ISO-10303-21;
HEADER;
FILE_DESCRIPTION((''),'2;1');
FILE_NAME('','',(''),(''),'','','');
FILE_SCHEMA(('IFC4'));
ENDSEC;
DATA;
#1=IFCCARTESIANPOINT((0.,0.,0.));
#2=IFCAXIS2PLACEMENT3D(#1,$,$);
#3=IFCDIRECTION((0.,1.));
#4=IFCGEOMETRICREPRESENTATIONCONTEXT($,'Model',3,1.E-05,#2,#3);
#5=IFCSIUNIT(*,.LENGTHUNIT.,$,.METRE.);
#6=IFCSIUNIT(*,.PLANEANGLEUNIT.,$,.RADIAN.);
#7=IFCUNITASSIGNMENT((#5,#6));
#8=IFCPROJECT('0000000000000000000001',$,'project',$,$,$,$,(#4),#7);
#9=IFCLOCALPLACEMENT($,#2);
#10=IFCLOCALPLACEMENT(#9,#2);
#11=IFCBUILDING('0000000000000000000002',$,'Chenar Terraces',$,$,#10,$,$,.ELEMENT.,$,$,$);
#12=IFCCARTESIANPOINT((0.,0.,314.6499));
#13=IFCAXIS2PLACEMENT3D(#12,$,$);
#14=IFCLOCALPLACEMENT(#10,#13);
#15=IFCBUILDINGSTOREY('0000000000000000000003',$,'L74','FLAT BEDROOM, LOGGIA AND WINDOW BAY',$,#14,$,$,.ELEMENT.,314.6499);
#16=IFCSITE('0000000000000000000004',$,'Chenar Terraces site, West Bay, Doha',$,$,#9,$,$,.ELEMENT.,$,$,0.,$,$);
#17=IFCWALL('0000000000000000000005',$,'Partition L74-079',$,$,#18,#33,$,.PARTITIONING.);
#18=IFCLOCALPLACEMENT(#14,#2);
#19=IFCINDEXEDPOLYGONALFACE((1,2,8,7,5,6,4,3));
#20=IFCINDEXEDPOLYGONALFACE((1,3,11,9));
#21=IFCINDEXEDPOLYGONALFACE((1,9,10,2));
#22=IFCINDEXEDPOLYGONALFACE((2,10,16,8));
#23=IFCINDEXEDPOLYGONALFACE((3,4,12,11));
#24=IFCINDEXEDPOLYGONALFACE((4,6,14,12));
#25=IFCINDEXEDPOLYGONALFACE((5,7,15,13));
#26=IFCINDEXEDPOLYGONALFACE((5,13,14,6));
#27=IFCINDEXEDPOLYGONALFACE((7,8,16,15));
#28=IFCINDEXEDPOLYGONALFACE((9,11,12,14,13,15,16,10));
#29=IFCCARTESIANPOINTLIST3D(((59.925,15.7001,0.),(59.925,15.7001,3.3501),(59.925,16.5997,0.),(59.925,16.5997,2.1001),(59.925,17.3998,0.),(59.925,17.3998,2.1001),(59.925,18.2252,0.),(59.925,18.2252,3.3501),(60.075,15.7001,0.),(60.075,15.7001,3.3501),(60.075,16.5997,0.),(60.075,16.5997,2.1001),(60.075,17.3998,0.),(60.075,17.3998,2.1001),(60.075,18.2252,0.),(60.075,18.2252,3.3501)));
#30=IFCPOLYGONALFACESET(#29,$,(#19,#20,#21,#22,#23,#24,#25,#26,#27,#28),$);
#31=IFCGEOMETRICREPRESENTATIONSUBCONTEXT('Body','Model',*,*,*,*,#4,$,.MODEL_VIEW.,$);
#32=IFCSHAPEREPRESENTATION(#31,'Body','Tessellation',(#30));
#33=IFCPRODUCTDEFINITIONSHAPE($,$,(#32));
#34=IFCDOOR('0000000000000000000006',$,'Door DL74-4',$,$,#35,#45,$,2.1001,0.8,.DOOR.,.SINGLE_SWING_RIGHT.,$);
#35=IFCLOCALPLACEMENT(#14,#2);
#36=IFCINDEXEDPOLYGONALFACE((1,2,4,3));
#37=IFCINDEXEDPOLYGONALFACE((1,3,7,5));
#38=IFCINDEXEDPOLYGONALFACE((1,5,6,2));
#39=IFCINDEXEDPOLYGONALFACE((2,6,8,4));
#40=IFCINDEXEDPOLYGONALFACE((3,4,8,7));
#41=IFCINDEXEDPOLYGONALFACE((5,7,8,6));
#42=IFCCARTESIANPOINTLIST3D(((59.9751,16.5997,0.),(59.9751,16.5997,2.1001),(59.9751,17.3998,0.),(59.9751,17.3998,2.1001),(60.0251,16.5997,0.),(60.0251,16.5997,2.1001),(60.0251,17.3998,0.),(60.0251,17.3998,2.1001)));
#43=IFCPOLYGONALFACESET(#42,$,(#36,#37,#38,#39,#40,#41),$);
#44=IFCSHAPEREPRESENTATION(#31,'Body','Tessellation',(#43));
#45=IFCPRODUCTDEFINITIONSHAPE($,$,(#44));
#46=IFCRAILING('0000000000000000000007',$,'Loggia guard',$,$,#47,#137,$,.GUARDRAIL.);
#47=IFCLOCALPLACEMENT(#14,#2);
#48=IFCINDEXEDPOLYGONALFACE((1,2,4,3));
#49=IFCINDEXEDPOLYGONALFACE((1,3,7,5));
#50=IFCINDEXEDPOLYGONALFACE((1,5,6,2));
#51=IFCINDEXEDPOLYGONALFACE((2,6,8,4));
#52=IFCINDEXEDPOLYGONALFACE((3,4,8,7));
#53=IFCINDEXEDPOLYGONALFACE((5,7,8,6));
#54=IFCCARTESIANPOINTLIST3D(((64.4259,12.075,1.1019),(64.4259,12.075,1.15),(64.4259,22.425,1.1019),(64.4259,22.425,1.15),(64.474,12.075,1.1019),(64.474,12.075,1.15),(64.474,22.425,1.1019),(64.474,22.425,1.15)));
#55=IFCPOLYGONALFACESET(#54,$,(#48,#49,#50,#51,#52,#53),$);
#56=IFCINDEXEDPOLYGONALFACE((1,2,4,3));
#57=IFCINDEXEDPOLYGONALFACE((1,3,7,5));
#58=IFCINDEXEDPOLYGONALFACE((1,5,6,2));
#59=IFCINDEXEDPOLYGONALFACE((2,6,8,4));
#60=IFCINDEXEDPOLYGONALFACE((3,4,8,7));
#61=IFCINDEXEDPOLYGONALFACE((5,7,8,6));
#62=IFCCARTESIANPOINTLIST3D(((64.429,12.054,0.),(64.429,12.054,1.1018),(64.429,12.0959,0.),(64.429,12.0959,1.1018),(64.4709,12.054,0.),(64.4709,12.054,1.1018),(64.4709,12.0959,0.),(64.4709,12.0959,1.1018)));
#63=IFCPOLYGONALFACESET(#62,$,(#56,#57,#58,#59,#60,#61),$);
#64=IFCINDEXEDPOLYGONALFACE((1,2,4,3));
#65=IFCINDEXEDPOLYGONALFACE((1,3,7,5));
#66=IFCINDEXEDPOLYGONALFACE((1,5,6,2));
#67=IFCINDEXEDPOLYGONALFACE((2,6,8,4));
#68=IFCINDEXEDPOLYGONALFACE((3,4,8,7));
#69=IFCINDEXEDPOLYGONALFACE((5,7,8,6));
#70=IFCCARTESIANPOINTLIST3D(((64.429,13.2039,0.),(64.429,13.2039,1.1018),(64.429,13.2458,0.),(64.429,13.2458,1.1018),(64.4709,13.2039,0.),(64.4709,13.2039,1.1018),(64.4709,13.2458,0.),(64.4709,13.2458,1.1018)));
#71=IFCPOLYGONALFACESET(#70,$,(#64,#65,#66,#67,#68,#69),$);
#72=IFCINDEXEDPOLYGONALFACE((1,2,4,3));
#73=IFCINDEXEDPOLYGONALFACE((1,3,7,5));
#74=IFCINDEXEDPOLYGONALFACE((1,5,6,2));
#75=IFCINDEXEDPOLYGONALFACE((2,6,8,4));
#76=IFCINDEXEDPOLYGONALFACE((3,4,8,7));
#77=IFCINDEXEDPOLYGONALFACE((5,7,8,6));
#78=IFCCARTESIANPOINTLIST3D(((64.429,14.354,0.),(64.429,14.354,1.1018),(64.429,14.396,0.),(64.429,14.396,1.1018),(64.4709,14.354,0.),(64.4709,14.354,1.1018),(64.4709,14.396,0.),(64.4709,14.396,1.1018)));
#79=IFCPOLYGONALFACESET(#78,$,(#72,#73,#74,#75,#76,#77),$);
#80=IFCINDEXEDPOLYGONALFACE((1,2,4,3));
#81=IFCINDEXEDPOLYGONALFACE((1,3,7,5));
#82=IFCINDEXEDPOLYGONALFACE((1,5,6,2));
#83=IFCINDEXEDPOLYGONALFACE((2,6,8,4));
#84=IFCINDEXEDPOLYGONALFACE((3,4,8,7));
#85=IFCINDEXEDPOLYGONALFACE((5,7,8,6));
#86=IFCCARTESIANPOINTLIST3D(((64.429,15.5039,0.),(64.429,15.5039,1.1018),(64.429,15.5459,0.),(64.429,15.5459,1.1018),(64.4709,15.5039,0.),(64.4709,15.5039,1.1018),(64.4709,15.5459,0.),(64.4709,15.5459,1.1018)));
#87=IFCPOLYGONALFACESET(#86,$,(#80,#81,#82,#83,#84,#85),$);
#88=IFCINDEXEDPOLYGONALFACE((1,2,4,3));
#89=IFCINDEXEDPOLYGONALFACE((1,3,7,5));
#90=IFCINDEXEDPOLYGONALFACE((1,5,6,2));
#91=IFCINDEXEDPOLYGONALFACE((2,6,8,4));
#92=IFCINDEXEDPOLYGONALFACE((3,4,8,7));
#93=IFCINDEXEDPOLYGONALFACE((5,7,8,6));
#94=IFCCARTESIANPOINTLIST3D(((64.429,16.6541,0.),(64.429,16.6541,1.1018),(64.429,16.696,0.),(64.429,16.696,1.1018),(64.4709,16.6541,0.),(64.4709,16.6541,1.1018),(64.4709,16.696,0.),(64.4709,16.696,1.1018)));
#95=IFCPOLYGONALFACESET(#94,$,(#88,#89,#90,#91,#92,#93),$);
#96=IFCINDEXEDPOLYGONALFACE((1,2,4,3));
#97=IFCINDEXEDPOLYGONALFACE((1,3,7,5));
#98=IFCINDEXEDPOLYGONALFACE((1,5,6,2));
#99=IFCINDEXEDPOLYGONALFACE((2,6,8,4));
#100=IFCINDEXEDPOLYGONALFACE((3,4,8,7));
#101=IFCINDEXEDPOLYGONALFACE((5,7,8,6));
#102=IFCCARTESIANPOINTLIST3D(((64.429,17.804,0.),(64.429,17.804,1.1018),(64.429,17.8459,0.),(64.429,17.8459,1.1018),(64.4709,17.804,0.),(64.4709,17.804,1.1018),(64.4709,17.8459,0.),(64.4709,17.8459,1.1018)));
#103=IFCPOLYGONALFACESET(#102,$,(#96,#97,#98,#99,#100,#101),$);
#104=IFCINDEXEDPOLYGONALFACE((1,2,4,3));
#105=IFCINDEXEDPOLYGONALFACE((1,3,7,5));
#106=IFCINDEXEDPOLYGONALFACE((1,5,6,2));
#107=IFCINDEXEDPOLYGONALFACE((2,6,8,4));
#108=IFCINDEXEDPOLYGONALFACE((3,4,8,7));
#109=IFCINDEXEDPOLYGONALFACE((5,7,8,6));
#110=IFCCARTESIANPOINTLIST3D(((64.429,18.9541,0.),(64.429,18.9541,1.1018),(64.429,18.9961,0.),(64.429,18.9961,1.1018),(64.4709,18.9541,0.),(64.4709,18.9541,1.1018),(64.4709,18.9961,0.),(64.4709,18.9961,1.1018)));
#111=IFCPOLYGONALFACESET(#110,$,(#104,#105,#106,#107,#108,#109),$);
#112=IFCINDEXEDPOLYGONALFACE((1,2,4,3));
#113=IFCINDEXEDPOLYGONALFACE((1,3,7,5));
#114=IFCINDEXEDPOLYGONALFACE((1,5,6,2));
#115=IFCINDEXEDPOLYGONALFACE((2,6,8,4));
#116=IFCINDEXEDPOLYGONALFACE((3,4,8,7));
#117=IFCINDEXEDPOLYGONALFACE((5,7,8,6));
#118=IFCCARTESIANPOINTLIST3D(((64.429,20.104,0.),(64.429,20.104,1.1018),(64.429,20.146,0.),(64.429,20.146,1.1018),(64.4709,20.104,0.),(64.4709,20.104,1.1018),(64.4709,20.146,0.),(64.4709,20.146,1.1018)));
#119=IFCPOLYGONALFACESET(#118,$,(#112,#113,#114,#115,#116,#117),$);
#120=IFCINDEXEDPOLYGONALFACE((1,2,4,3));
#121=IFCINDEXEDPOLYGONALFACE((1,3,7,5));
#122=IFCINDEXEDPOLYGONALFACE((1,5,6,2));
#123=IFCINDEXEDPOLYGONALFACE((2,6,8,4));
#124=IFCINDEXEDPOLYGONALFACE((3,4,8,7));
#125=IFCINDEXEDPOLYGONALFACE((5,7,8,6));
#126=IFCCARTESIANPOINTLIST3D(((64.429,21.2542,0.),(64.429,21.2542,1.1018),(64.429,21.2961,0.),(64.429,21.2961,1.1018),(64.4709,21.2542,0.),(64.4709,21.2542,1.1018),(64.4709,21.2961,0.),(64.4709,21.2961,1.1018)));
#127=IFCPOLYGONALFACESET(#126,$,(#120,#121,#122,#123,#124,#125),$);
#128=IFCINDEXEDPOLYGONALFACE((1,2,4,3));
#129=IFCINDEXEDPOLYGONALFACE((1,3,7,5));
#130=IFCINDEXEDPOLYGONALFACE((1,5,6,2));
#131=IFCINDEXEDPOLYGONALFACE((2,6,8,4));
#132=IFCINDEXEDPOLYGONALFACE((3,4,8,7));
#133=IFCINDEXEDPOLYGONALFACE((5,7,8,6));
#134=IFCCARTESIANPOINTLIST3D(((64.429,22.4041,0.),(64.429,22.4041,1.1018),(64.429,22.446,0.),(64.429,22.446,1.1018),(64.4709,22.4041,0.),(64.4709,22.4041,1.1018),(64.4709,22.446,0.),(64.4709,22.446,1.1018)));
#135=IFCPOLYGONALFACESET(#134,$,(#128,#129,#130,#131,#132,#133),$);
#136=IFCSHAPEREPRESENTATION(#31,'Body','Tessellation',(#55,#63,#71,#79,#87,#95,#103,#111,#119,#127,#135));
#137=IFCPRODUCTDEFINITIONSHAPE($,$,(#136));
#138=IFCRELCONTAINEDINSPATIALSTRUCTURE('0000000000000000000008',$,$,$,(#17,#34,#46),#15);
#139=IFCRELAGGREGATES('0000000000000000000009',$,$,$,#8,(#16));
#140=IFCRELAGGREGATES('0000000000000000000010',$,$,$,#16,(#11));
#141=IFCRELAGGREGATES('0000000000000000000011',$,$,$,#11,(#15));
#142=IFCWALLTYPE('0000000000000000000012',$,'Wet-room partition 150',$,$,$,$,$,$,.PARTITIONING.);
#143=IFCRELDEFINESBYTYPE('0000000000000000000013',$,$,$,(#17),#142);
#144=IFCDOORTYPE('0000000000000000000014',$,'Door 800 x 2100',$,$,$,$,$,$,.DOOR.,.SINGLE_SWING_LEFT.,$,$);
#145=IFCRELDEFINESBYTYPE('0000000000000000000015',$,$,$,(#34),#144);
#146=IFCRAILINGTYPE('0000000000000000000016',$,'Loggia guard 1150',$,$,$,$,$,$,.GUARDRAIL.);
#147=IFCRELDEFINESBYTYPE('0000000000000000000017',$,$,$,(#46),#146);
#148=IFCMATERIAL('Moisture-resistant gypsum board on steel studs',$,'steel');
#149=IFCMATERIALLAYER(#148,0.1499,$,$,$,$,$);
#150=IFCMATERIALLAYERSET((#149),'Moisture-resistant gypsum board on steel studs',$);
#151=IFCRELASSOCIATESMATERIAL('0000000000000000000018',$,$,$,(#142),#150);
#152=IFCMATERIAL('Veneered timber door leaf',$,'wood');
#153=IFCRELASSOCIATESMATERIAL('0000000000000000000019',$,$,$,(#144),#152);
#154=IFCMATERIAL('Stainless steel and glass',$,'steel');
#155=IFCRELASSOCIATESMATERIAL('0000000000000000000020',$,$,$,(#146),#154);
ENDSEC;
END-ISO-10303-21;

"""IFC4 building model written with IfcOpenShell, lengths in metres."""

from ifc_helpers import new_model, si_unit, direction, frame, frame_2d, origin, origin_2d, place, context, subcontext, project, spatial, rectangle, extrude, material, layer, layer_set, type_object, element, fill, save


model = new_model("IFC4")

# Units and contexts
model_context = context("Model", 3, precision=1e-05, world=origin(), true_north=direction((0.0, 1.0)))
body_context = subcontext(model_context, "Body", "Model", "MODEL_VIEW")
ifc_project = project(units=[si_unit("LENGTHUNIT", "METRE"), si_unit("PLANEANGLEUNIT", "RADIAN")], contexts=[model_context])

# Site, building, storey
site_placement = place(None, origin())
site = spatial("IfcSite", under=ifc_project, at=site_placement, Name="Chenar Terraces site, West Bay, Doha", CompositionType="ELEMENT", RefElevation=0.0)
building_placement = place(site_placement, origin())
building = spatial("IfcBuilding", under=site, at=building_placement, Name="Chenar Terraces", CompositionType="ELEMENT")
storey_placement = place(building_placement, frame((0.0, 0.0, 314.6499)))
storey = spatial("IfcBuildingStorey", under=building, at=storey_placement, Name="L74", Description="FLAT BEDROOM, LOGGIA AND WINDOW BAY", CompositionType="ELEMENT", Elevation=314.6499)

# Shared definitions
ifc_material_1 = material(Name="Moisture-resistant gypsum board on steel studs", Category="steel")
ifc_layer_1 = layer(ifc_material_1, 0.1499)
ifc_layer_set_1 = layer_set([ifc_layer_1], Name="Moisture-resistant gypsum board on steel studs")
wall_type_1 = type_object("IfcWallType", Name="Wet-room partition 150", PredefinedType="PARTITIONING", material=ifc_layer_set_1)

# Wall, opening, door
ifc_material_2 = material(Name="Veneered timber door leaf", Category="wood")
door_type_1 = type_object("IfcDoorType", Name="Door 800 x 2100", OperationType="SINGLE_SWING_LEFT", PredefinedType="DOOR", material=ifc_material_2)
wall_1_placement = place(storey_placement, frame((60.0, 15.7, 0.0), z_axis=(0.0, 0.0, 1.0), x_axis=(0.0, 1.0, 0.0)))
wall_1 = element("IfcWall", 1, at=wall_1_placement, inside=storey, type_object=wall_type_1, Name="Partition L74-079", PredefinedType="PARTITIONING", context=body_context, shape_type="SweptSolid", body=[
    extrude(rectangle(XDim=2.5251, YDim=0.1499, at=frame_2d((1.2627, 0.0))), origin(), (0.0, 0.0, 1.0), 3.3501),
])
opening_1_placement = place(wall_1_placement, frame((0.8999, 0.0, 0.0)))
opening_1 = element("IfcOpeningElement", 2, at=opening_1_placement, cuts=wall_1, PredefinedType="OPENING", context=body_context, shape_type="SweptSolid", body=[
    extrude(rectangle(XDim=0.8, YDim=2.1001, at=frame_2d((0.3999, 1.05))), frame((0.0, 0.085, 0.0), z_axis=(0.0, -1.0, 0.0), x_axis=(1.0, 0.0, 0.0)), (0.0, 0.0, 1.0), 0.1699),
])
door_1_placement = place(opening_1_placement, origin())
door_1 = element("IfcDoor", 3, at=door_1_placement, inside=storey, type_object=door_type_1, Name="Door DL74-4", OperationType="SINGLE_SWING_RIGHT", OverallHeight=2.1001, OverallWidth=0.8, PredefinedType="DOOR", context=body_context, shape_type="SweptSolid", body=[
    extrude(rectangle(XDim=0.8, YDim=2.1001, at=frame_2d((0.3999, 1.05))), frame((0.0, 0.0249, 0.0), z_axis=(0.0, -1.0, 0.0), x_axis=(1.0, 0.0, 0.0)), (0.0, 0.0, 1.0), 0.05),
])
fill(opening_1, door_1)

# Railing
ifc_material_3 = material(Name="Stainless steel and glass", Category="steel")
railing_type = type_object("IfcRailingType", Name="Loggia guard 1150", PredefinedType="GUARDRAIL", material=ifc_material_3)
railing_placement = place(storey_placement, frame((64.45, 12.075, 0.0)))
element("IfcRailing", 4, at=railing_placement, inside=storey, type_object=railing_type, Name="Loggia guard", PredefinedType="GUARDRAIL", context=body_context, shape_type="SweptSolid", body=[
    extrude(rectangle(XDim=0.0481, YDim=0.0481, at=origin_2d()), frame((0.0, 0.0, 1.126), z_axis=(0.0, 1.0, 0.0), x_axis=(-1.0, 0.0, 0.0)), (0.0, 0.0, 1.0), 10.3501),
    extrude(rectangle(XDim=0.042, YDim=0.042, at=origin_2d()), origin(), (0.0, 0.0, 1.0), 1.1018),
    extrude(rectangle(XDim=0.042, YDim=0.042, at=origin_2d()), frame((0.0, 1.1499, 0.0)), (0.0, 0.0, 1.0), 1.1018),
    extrude(rectangle(XDim=0.042, YDim=0.042, at=origin_2d()), frame((0.0, 2.3, 0.0)), (0.0, 0.0, 1.0), 1.1018),
    extrude(rectangle(XDim=0.042, YDim=0.042, at=origin_2d()), frame((0.0, 3.45, 0.0)), (0.0, 0.0, 1.0), 1.1018),
    extrude(rectangle(XDim=0.042, YDim=0.042, at=origin_2d()), frame((0.0, 4.6001, 0.0)), (0.0, 0.0, 1.0), 1.1018),
    extrude(rectangle(XDim=0.042, YDim=0.042, at=origin_2d()), frame((0.0, 5.75, 0.0)), (0.0, 0.0, 1.0), 1.1018),
    extrude(rectangle(XDim=0.042, YDim=0.042, at=origin_2d()), frame((0.0, 6.9001, 0.0)), (0.0, 0.0, 1.0), 1.1018),
    extrude(rectangle(XDim=0.042, YDim=0.042, at=origin_2d()), frame((0.0, 8.05, 0.0)), (0.0, 0.0, 1.0), 1.1018),
    extrude(rectangle(XDim=0.042, YDim=0.042, at=origin_2d()), frame((0.0, 9.2002, 0.0)), (0.0, 0.0, 1.0), 1.1018),
    extrude(rectangle(XDim=0.042, YDim=0.042, at=origin_2d()), frame((0.0, 10.3501, 0.0)), (0.0, 0.0, 1.0), 1.1018),
])

save(model, "model.ifc")
